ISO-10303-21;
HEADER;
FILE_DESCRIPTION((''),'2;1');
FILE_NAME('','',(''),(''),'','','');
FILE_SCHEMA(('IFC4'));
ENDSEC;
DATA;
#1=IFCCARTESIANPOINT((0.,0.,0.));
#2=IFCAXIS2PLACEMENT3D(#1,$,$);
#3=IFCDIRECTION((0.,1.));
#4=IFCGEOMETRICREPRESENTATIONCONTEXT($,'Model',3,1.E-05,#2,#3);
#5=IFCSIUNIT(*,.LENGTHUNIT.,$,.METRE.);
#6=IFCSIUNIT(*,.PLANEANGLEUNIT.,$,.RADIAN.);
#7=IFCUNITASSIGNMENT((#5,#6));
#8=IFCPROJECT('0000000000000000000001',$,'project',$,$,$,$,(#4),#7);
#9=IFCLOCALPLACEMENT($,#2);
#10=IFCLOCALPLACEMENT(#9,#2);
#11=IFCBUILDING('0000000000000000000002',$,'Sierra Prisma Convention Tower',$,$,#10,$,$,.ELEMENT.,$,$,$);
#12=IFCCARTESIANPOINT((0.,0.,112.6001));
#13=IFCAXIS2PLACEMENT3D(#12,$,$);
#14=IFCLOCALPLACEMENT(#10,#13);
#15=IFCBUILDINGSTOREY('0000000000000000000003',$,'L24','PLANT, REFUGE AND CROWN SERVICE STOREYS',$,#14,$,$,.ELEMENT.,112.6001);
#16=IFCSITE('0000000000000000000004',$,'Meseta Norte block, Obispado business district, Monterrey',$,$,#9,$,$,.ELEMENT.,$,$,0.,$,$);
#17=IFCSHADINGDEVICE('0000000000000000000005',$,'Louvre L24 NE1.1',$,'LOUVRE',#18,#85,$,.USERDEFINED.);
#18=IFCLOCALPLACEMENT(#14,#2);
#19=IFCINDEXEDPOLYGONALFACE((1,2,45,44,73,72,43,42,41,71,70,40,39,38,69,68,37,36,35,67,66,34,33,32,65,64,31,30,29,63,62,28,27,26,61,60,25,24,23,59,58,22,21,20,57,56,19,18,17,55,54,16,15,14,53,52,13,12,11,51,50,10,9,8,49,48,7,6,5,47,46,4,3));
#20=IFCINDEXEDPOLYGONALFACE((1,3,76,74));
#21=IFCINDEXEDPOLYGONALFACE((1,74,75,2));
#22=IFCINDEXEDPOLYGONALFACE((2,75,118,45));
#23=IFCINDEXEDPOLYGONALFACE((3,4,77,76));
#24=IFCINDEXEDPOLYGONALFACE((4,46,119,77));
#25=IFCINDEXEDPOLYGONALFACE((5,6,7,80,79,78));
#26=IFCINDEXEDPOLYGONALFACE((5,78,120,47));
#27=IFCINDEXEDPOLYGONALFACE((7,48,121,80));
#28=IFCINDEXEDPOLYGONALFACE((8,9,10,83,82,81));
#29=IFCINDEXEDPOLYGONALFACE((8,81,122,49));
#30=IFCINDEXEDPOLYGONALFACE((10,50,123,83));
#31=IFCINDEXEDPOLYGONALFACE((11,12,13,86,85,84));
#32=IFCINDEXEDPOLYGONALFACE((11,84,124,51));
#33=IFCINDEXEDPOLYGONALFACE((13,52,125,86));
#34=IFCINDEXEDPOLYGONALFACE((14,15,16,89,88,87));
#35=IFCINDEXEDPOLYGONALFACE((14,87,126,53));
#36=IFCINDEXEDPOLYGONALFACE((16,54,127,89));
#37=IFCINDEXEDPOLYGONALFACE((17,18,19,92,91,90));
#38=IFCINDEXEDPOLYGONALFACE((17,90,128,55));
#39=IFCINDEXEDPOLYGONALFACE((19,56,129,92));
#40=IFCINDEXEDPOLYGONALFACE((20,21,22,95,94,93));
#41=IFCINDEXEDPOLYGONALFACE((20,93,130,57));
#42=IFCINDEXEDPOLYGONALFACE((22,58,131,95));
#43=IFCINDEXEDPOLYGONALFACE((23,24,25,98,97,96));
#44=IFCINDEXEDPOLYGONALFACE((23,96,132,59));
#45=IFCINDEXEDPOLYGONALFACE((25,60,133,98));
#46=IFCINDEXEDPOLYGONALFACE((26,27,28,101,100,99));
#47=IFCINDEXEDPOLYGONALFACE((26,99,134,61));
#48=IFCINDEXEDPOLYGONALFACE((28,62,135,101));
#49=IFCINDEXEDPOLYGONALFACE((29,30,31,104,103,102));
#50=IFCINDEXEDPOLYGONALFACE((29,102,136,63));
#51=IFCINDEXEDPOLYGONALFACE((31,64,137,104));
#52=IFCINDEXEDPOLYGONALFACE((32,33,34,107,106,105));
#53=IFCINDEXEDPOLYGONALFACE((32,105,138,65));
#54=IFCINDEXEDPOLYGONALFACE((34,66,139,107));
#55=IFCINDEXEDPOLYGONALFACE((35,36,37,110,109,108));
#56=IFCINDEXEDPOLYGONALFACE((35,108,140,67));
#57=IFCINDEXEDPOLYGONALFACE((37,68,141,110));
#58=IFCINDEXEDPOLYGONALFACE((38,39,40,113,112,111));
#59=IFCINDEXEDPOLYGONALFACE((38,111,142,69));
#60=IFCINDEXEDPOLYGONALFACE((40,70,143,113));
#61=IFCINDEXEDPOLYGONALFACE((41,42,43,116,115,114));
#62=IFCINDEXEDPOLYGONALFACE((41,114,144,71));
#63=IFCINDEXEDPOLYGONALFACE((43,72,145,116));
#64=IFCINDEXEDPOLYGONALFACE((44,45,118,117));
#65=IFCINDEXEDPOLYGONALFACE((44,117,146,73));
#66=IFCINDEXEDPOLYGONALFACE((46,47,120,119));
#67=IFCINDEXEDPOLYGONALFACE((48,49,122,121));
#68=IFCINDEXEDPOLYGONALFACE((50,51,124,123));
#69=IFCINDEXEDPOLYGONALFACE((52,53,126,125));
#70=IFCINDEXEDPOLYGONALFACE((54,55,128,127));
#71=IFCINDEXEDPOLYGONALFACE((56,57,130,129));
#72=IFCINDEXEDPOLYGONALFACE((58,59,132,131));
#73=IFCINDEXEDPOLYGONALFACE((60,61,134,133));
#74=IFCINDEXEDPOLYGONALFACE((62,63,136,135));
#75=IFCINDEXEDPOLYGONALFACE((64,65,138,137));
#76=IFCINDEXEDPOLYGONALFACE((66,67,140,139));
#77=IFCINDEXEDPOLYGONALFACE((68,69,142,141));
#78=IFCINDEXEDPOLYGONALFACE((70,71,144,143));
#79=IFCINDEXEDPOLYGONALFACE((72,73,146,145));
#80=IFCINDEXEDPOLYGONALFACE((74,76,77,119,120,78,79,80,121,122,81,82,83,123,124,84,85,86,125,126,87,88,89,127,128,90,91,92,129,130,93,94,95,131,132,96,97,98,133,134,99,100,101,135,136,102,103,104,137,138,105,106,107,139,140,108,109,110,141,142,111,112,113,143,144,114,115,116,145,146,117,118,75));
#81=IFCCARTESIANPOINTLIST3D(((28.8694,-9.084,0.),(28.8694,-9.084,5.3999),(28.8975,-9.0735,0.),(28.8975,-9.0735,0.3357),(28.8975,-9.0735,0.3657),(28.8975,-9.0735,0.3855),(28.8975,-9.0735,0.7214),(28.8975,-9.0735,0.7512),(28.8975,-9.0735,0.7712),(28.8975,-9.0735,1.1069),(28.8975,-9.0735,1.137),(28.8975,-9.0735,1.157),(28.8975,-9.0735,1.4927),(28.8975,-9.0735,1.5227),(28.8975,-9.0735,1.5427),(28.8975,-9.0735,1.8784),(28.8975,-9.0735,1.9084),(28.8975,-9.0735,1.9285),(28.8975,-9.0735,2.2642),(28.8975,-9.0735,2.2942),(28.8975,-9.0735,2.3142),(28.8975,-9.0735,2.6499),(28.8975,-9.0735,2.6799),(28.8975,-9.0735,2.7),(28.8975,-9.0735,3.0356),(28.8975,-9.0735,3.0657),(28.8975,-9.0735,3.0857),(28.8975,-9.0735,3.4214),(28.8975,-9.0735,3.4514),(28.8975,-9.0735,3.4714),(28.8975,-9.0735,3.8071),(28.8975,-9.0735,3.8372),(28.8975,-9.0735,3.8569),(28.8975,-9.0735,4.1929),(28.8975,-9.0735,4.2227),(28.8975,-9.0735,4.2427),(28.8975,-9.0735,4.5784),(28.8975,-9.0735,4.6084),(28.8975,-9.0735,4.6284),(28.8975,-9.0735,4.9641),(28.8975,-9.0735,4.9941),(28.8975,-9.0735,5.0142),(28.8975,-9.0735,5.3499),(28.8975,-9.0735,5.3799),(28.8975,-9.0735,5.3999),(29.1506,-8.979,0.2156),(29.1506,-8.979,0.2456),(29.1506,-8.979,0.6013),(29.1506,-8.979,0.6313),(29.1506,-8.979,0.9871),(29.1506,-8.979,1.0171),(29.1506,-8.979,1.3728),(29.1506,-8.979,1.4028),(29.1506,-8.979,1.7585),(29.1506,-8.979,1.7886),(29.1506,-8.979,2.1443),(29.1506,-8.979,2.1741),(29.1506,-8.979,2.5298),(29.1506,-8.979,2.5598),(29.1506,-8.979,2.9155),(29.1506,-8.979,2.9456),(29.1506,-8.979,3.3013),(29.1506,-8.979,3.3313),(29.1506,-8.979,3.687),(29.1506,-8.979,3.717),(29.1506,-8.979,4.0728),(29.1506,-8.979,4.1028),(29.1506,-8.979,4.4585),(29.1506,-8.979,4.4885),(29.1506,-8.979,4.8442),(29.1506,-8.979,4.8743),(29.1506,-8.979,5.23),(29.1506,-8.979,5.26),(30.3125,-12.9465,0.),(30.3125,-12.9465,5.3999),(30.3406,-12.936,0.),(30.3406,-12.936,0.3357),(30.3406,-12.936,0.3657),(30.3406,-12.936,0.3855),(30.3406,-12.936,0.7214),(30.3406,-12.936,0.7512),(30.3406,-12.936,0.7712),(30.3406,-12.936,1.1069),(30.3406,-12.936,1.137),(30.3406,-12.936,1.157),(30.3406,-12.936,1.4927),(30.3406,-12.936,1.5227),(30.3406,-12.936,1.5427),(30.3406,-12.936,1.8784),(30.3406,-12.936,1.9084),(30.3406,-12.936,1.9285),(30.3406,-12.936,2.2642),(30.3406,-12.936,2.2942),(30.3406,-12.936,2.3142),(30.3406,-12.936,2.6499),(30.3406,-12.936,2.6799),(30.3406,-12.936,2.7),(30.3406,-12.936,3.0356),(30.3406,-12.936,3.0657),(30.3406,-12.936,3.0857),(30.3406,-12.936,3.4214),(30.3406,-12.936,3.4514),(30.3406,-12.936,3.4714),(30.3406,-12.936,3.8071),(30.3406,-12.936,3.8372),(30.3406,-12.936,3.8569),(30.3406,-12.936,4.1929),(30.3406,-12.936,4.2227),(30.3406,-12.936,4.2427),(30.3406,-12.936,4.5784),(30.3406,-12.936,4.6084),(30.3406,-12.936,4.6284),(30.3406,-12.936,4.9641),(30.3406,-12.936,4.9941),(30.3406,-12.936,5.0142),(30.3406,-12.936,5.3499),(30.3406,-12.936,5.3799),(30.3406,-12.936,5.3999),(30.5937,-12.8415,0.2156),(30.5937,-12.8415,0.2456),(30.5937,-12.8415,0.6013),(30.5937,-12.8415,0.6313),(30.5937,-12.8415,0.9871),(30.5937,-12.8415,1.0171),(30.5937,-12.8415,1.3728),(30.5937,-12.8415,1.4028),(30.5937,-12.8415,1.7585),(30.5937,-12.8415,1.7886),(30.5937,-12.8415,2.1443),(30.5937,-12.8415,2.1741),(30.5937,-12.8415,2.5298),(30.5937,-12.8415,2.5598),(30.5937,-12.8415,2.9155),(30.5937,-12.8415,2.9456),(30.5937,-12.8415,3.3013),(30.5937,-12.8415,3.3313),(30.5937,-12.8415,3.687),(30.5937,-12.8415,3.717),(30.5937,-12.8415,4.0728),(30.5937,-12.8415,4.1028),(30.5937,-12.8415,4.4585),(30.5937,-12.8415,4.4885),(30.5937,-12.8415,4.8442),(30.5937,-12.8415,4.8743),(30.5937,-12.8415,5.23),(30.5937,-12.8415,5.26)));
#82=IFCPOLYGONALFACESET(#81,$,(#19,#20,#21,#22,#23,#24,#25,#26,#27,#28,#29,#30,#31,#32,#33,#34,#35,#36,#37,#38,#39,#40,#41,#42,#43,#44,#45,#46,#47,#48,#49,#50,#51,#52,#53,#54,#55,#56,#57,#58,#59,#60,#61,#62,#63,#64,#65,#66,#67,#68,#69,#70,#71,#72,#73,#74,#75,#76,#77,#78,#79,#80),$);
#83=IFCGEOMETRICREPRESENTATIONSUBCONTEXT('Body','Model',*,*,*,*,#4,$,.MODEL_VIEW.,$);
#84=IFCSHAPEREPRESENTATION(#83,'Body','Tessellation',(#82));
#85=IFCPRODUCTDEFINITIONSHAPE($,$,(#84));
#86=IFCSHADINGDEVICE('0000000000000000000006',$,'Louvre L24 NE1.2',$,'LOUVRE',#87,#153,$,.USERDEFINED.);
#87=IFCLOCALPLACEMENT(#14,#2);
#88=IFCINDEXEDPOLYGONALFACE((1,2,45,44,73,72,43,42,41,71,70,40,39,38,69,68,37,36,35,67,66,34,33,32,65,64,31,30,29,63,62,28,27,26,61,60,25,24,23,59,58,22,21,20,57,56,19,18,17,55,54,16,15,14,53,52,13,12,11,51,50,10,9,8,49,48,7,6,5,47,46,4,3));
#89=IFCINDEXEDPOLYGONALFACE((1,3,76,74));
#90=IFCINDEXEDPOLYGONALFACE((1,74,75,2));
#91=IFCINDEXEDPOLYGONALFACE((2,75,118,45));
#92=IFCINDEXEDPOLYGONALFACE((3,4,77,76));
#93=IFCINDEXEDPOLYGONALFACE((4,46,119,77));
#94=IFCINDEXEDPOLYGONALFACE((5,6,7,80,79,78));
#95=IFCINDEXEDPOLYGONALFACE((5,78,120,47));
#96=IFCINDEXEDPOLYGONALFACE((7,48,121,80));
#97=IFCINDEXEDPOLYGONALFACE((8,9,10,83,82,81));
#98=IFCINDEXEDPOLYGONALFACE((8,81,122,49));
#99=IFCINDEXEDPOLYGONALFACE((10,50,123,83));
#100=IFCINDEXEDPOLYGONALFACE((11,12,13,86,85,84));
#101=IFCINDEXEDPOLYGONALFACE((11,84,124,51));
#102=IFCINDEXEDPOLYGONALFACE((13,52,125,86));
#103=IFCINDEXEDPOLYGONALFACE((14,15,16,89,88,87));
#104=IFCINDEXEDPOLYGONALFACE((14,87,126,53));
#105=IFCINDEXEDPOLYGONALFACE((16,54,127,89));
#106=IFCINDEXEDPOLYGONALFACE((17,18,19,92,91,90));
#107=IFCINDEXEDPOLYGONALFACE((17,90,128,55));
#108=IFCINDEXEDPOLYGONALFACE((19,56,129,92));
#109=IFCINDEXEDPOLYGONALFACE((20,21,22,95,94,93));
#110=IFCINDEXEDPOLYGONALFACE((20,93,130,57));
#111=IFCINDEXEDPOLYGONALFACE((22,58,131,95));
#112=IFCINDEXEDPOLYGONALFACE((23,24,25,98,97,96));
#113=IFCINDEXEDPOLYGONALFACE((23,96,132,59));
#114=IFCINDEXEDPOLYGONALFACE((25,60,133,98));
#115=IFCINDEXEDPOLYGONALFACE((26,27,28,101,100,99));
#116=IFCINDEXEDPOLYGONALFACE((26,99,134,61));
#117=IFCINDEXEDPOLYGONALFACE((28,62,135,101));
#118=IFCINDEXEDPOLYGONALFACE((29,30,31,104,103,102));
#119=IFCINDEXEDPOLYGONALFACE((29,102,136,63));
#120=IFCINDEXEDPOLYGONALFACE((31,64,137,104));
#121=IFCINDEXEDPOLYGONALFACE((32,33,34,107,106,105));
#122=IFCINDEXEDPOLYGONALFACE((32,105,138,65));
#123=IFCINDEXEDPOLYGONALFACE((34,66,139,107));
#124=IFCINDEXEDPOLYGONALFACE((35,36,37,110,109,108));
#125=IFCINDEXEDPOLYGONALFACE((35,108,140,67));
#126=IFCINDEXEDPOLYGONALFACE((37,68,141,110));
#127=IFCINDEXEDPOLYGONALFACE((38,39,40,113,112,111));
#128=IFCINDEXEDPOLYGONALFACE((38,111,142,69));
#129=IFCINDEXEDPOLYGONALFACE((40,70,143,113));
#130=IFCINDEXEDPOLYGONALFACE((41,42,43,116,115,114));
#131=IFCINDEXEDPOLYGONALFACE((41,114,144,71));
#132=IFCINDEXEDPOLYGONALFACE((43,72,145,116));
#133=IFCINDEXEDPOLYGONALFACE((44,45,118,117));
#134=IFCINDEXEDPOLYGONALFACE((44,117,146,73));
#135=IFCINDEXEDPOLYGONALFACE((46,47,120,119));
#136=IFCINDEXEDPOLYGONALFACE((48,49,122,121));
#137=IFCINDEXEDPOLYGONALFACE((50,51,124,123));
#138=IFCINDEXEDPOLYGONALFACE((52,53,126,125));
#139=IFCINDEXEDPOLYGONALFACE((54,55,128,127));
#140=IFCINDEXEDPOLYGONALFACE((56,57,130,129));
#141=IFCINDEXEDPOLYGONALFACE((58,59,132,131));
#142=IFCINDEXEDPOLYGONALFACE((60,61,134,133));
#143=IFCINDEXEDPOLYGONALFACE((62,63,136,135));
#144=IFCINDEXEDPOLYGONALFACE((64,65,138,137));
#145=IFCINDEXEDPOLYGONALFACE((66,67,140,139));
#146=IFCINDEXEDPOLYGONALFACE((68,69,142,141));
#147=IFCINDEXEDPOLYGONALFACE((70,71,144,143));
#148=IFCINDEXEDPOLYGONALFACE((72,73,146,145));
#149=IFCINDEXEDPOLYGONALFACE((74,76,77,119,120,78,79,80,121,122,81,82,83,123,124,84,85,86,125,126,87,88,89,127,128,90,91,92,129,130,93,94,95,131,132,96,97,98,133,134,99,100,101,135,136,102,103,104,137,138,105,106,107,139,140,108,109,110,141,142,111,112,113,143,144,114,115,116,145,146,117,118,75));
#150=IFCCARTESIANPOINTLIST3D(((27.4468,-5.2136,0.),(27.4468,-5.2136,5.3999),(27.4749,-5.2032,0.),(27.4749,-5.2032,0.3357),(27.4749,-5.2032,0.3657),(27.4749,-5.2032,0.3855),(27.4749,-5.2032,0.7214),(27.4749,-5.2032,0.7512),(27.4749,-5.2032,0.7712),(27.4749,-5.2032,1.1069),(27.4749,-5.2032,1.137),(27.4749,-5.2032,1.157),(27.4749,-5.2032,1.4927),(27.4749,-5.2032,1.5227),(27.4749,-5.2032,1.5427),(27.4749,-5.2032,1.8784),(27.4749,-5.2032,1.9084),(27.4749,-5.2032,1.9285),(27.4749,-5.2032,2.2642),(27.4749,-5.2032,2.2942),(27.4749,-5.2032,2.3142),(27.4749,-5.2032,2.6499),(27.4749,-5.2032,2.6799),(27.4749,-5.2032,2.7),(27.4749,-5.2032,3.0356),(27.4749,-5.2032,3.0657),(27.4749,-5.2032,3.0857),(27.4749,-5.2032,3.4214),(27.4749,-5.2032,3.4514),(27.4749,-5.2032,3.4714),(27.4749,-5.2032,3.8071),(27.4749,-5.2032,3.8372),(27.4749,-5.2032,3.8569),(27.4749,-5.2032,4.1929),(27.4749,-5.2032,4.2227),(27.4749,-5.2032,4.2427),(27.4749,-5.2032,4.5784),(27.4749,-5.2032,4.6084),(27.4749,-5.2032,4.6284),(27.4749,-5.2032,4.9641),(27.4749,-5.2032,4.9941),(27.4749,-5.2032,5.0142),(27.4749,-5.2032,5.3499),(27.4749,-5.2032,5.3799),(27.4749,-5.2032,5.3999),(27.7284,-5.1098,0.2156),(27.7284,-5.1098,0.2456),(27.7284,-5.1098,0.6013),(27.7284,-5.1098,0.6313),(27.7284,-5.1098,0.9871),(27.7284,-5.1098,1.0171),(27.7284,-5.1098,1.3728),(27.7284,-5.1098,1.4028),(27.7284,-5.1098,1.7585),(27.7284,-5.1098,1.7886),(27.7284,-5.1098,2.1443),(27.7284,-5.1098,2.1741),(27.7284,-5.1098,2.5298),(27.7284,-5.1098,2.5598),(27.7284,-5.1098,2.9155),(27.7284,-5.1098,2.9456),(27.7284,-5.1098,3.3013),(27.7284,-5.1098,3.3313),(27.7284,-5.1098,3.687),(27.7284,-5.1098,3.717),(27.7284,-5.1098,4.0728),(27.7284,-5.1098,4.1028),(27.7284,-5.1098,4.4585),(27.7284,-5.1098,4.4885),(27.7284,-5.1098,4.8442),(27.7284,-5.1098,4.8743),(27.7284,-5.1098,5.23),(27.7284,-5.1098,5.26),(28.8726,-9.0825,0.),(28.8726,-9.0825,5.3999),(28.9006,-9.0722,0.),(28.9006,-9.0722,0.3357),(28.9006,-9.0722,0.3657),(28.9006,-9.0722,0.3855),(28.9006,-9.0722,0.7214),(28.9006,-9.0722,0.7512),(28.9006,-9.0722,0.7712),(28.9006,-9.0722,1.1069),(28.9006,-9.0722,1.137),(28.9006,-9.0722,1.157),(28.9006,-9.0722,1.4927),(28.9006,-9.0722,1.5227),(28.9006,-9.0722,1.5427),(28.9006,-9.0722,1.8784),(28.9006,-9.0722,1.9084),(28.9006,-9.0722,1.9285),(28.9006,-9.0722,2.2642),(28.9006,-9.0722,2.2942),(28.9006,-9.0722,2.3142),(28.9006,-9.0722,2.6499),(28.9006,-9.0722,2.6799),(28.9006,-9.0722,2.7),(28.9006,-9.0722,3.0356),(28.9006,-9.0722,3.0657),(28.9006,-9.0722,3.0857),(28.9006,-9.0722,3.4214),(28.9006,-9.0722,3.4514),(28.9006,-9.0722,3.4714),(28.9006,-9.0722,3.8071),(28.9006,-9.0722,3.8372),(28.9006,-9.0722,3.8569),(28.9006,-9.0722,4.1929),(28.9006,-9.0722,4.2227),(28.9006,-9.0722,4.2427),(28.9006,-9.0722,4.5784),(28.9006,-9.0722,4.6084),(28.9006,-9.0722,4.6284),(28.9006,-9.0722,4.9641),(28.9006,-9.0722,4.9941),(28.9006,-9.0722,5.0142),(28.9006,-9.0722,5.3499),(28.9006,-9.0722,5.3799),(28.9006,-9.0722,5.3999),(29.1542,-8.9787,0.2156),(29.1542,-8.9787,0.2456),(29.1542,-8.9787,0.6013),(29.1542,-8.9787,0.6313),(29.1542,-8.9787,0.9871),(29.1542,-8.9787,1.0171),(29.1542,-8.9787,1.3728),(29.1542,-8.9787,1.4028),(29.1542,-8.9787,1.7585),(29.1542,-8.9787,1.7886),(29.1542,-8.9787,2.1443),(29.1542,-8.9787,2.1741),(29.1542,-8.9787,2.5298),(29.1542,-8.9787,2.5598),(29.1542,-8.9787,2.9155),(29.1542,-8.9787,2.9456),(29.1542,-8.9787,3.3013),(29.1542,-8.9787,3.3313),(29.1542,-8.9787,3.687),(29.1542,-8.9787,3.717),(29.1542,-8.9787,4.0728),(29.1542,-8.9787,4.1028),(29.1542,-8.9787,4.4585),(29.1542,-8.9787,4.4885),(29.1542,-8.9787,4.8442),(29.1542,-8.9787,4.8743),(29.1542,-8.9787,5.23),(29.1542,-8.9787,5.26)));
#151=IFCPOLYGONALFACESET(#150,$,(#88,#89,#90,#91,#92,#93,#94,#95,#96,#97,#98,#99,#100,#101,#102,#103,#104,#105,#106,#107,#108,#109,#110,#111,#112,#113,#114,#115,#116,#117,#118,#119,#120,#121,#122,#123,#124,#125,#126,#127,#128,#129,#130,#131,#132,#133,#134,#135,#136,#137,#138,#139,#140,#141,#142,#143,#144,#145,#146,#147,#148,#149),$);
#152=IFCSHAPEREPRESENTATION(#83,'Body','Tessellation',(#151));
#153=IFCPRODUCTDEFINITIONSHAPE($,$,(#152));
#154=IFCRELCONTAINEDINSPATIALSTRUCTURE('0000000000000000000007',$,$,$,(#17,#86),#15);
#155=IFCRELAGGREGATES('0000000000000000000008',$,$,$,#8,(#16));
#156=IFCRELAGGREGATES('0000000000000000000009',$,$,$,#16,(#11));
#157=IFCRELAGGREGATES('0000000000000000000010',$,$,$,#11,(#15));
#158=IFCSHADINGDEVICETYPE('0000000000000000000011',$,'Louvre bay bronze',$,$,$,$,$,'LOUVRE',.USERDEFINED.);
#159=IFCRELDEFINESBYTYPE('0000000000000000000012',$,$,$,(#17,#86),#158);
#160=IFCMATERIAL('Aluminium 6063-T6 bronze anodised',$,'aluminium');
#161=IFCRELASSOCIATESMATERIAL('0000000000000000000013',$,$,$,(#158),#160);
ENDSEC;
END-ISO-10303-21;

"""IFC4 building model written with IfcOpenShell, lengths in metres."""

from ifc_helpers import new_model, si_unit, direction, frame, origin, place, context, subcontext, project, spatial, polyline, outline, extrude, material, type_object, element, save


model = new_model("IFC4")

# Units and contexts
model_context = context("Model", 3, precision=1e-05, world=origin(), true_north=direction((0.0, 1.0)))
body_context = subcontext(model_context, "Body", "Model", "MODEL_VIEW")
ifc_project = project(units=[si_unit("LENGTHUNIT", "METRE"), si_unit("PLANEANGLEUNIT", "RADIAN")], contexts=[model_context])

# Site, building, storey
site_placement = place(None, origin())
site = spatial("IfcSite", under=ifc_project, at=site_placement, Name="Meseta Norte block, Obispado business district, Monterrey", CompositionType="ELEMENT", RefElevation=0.0)
building_placement = place(site_placement, origin())
building = spatial("IfcBuilding", under=site, at=building_placement, Name="Sierra Prisma Convention Tower", CompositionType="ELEMENT")
storey_placement = place(building_placement, frame((0.0, 0.0, 112.6001)))
storey = spatial("IfcBuildingStorey", under=building, at=storey_placement, Name="L24", Description="PLANT, REFUGE AND CROWN SERVICE STOREYS", CompositionType="ELEMENT", Elevation=112.6001)

# Shading devices
ifc_material_1 = material(Name="Aluminium 6063-T6 bronze anodised", Category="aluminium")
shading_device_type = type_object("IfcShadingDeviceType", Name="Louvre bay bronze", ElementType="LOUVRE", PredefinedType="USERDEFINED", material=ifc_material_1)
shading_device_1_placement = place(storey_placement, frame((30.3125, -12.9465, 0.0), z_axis=(0.349986, -0.936755, 0.0), x_axis=(0.0, 0.0, 1.0)))
element("IfcShadingDevice", 1, at=shading_device_1_placement, inside=storey, type_object=shading_device_type, Name="Louvre L24 NE1.1", ObjectType="LOUVRE", PredefinedType="USERDEFINED", context=body_context, shape_type="SweptSolid", body=[
    extrude(outline(polyline([(0.0, 0.0), (5.3999, 0.0), (5.3999, -0.03), (5.3799, -0.03), (5.26, -0.3002), (5.23, -0.3002), (5.3499, -0.03), (5.0142, -0.03), (4.9941, -0.03), (4.8743, -0.3002), (4.8442, -0.3002), (4.9641, -0.03), (4.6284, -0.03), (4.6084, -0.03), (4.4885, -0.3002), (4.4585, -0.3002), (4.5784, -0.03), (4.2427, -0.03), (4.2227, -0.03), (4.1028, -0.3002), (4.0728, -0.3002), (4.1929, -0.03), (3.8569, -0.03), (3.8372, -0.03), (3.717, -0.3002), (3.687, -0.3002), (3.8071, -0.03), (3.4714, -0.03), (3.4514, -0.03), (3.3313, -0.3002), (3.3013, -0.3002), (3.4214, -0.03), (3.0857, -0.03), (3.0657, -0.03), (2.9456, -0.3002), (2.9155, -0.3002), (3.0356, -0.03), (2.7, -0.03), (2.6799, -0.03), (2.5598, -0.3002), (2.5298, -0.3002), (2.6499, -0.03), (2.3142, -0.03), (2.2942, -0.03), (2.1741, -0.3002), (2.1443, -0.3002), (2.2642, -0.03), (1.9285, -0.03), (1.9084, -0.03), (1.7886, -0.3002), (1.7585, -0.3002), (1.8784, -0.03), (1.5427, -0.03), (1.5227, -0.03), (1.4028, -0.3002), (1.3728, -0.3002), (1.4927, -0.03), (1.157, -0.03), (1.137, -0.03), (1.0171, -0.3002), (0.9871, -0.3002), (1.1069, -0.03), (0.7712, -0.03), (0.7512, -0.03), (0.6313, -0.3002), (0.6013, -0.3002), (0.7214, -0.03), (0.3855, -0.03), (0.3657, -0.03), (0.2456, -0.3002), (0.2156, -0.3002), (0.3357, -0.03), (0.0, -0.03), (0.0, 0.0)])), origin(), (0.0, 0.0, -1.0), 4.1233),
])
shading_device_2_placement = place(storey_placement, frame((28.8726, -9.0825, 0.0), z_axis=(0.345775, -0.938318, 0.0), x_axis=(0.0, 0.0, 1.0)))
element("IfcShadingDevice", 2, at=shading_device_2_placement, inside=storey, type_object=shading_device_type, Name="Louvre L24 NE1.2", ObjectType="LOUVRE", PredefinedType="USERDEFINED", context=body_context, shape_type="SweptSolid", body=[
    extrude(outline(polyline([(0.0, 0.0), (5.3999, 0.0), (5.3999, -0.0299), (5.3799, -0.0299), (5.26, -0.3001), (5.23, -0.3001), (5.3499, -0.0299), (5.0142, -0.0299), (4.9941, -0.0299), (4.8743, -0.3001), (4.8442, -0.3001), (4.9641, -0.0299), (4.6284, -0.0299), (4.6084, -0.0299), (4.4885, -0.3001), (4.4585, -0.3001), (4.5784, -0.0299), (4.2427, -0.0299), (4.2227, -0.0299), (4.1028, -0.3001), (4.0728, -0.3001), (4.1929, -0.0299), (3.8569, -0.0299), (3.8372, -0.0299), (3.717, -0.3001), (3.687, -0.3001), (3.8071, -0.0299), (3.4714, -0.0299), (3.4514, -0.0299), (3.3313, -0.3001), (3.3013, -0.3001), (3.4214, -0.0299), (3.0857, -0.0299), (3.0657, -0.0299), (2.9456, -0.3001), (2.9155, -0.3001), (3.0356, -0.0299), (2.7, -0.0299), (2.6799, -0.0299), (2.5598, -0.3001), (2.5298, -0.3001), (2.6499, -0.0299), (2.3142, -0.0299), (2.2942, -0.0299), (2.1741, -0.3001), (2.1443, -0.3001), (2.2642, -0.0299), (1.9285, -0.0299), (1.9084, -0.0299), (1.7886, -0.3001), (1.7585, -0.3001), (1.8784, -0.0299), (1.5427, -0.0299), (1.5227, -0.0299), (1.4028, -0.3001), (1.3728, -0.3001), (1.4927, -0.0299), (1.157, -0.0299), (1.137, -0.0299), (1.0171, -0.3001), (0.9871, -0.3001), (1.1069, -0.0299), (0.7712, -0.0299), (0.7512, -0.0299), (0.6313, -0.3001), (0.6013, -0.3001), (0.7214, -0.0299), (0.3855, -0.0299), (0.3657, -0.0299), (0.2456, -0.3001), (0.2156, -0.3001), (0.3357, -0.0299), (0.0, -0.0299), (0.0, 0.0)])), origin(), (0.0, 0.0, -1.0), 4.1233),
])

save(model, "model.ifc")
